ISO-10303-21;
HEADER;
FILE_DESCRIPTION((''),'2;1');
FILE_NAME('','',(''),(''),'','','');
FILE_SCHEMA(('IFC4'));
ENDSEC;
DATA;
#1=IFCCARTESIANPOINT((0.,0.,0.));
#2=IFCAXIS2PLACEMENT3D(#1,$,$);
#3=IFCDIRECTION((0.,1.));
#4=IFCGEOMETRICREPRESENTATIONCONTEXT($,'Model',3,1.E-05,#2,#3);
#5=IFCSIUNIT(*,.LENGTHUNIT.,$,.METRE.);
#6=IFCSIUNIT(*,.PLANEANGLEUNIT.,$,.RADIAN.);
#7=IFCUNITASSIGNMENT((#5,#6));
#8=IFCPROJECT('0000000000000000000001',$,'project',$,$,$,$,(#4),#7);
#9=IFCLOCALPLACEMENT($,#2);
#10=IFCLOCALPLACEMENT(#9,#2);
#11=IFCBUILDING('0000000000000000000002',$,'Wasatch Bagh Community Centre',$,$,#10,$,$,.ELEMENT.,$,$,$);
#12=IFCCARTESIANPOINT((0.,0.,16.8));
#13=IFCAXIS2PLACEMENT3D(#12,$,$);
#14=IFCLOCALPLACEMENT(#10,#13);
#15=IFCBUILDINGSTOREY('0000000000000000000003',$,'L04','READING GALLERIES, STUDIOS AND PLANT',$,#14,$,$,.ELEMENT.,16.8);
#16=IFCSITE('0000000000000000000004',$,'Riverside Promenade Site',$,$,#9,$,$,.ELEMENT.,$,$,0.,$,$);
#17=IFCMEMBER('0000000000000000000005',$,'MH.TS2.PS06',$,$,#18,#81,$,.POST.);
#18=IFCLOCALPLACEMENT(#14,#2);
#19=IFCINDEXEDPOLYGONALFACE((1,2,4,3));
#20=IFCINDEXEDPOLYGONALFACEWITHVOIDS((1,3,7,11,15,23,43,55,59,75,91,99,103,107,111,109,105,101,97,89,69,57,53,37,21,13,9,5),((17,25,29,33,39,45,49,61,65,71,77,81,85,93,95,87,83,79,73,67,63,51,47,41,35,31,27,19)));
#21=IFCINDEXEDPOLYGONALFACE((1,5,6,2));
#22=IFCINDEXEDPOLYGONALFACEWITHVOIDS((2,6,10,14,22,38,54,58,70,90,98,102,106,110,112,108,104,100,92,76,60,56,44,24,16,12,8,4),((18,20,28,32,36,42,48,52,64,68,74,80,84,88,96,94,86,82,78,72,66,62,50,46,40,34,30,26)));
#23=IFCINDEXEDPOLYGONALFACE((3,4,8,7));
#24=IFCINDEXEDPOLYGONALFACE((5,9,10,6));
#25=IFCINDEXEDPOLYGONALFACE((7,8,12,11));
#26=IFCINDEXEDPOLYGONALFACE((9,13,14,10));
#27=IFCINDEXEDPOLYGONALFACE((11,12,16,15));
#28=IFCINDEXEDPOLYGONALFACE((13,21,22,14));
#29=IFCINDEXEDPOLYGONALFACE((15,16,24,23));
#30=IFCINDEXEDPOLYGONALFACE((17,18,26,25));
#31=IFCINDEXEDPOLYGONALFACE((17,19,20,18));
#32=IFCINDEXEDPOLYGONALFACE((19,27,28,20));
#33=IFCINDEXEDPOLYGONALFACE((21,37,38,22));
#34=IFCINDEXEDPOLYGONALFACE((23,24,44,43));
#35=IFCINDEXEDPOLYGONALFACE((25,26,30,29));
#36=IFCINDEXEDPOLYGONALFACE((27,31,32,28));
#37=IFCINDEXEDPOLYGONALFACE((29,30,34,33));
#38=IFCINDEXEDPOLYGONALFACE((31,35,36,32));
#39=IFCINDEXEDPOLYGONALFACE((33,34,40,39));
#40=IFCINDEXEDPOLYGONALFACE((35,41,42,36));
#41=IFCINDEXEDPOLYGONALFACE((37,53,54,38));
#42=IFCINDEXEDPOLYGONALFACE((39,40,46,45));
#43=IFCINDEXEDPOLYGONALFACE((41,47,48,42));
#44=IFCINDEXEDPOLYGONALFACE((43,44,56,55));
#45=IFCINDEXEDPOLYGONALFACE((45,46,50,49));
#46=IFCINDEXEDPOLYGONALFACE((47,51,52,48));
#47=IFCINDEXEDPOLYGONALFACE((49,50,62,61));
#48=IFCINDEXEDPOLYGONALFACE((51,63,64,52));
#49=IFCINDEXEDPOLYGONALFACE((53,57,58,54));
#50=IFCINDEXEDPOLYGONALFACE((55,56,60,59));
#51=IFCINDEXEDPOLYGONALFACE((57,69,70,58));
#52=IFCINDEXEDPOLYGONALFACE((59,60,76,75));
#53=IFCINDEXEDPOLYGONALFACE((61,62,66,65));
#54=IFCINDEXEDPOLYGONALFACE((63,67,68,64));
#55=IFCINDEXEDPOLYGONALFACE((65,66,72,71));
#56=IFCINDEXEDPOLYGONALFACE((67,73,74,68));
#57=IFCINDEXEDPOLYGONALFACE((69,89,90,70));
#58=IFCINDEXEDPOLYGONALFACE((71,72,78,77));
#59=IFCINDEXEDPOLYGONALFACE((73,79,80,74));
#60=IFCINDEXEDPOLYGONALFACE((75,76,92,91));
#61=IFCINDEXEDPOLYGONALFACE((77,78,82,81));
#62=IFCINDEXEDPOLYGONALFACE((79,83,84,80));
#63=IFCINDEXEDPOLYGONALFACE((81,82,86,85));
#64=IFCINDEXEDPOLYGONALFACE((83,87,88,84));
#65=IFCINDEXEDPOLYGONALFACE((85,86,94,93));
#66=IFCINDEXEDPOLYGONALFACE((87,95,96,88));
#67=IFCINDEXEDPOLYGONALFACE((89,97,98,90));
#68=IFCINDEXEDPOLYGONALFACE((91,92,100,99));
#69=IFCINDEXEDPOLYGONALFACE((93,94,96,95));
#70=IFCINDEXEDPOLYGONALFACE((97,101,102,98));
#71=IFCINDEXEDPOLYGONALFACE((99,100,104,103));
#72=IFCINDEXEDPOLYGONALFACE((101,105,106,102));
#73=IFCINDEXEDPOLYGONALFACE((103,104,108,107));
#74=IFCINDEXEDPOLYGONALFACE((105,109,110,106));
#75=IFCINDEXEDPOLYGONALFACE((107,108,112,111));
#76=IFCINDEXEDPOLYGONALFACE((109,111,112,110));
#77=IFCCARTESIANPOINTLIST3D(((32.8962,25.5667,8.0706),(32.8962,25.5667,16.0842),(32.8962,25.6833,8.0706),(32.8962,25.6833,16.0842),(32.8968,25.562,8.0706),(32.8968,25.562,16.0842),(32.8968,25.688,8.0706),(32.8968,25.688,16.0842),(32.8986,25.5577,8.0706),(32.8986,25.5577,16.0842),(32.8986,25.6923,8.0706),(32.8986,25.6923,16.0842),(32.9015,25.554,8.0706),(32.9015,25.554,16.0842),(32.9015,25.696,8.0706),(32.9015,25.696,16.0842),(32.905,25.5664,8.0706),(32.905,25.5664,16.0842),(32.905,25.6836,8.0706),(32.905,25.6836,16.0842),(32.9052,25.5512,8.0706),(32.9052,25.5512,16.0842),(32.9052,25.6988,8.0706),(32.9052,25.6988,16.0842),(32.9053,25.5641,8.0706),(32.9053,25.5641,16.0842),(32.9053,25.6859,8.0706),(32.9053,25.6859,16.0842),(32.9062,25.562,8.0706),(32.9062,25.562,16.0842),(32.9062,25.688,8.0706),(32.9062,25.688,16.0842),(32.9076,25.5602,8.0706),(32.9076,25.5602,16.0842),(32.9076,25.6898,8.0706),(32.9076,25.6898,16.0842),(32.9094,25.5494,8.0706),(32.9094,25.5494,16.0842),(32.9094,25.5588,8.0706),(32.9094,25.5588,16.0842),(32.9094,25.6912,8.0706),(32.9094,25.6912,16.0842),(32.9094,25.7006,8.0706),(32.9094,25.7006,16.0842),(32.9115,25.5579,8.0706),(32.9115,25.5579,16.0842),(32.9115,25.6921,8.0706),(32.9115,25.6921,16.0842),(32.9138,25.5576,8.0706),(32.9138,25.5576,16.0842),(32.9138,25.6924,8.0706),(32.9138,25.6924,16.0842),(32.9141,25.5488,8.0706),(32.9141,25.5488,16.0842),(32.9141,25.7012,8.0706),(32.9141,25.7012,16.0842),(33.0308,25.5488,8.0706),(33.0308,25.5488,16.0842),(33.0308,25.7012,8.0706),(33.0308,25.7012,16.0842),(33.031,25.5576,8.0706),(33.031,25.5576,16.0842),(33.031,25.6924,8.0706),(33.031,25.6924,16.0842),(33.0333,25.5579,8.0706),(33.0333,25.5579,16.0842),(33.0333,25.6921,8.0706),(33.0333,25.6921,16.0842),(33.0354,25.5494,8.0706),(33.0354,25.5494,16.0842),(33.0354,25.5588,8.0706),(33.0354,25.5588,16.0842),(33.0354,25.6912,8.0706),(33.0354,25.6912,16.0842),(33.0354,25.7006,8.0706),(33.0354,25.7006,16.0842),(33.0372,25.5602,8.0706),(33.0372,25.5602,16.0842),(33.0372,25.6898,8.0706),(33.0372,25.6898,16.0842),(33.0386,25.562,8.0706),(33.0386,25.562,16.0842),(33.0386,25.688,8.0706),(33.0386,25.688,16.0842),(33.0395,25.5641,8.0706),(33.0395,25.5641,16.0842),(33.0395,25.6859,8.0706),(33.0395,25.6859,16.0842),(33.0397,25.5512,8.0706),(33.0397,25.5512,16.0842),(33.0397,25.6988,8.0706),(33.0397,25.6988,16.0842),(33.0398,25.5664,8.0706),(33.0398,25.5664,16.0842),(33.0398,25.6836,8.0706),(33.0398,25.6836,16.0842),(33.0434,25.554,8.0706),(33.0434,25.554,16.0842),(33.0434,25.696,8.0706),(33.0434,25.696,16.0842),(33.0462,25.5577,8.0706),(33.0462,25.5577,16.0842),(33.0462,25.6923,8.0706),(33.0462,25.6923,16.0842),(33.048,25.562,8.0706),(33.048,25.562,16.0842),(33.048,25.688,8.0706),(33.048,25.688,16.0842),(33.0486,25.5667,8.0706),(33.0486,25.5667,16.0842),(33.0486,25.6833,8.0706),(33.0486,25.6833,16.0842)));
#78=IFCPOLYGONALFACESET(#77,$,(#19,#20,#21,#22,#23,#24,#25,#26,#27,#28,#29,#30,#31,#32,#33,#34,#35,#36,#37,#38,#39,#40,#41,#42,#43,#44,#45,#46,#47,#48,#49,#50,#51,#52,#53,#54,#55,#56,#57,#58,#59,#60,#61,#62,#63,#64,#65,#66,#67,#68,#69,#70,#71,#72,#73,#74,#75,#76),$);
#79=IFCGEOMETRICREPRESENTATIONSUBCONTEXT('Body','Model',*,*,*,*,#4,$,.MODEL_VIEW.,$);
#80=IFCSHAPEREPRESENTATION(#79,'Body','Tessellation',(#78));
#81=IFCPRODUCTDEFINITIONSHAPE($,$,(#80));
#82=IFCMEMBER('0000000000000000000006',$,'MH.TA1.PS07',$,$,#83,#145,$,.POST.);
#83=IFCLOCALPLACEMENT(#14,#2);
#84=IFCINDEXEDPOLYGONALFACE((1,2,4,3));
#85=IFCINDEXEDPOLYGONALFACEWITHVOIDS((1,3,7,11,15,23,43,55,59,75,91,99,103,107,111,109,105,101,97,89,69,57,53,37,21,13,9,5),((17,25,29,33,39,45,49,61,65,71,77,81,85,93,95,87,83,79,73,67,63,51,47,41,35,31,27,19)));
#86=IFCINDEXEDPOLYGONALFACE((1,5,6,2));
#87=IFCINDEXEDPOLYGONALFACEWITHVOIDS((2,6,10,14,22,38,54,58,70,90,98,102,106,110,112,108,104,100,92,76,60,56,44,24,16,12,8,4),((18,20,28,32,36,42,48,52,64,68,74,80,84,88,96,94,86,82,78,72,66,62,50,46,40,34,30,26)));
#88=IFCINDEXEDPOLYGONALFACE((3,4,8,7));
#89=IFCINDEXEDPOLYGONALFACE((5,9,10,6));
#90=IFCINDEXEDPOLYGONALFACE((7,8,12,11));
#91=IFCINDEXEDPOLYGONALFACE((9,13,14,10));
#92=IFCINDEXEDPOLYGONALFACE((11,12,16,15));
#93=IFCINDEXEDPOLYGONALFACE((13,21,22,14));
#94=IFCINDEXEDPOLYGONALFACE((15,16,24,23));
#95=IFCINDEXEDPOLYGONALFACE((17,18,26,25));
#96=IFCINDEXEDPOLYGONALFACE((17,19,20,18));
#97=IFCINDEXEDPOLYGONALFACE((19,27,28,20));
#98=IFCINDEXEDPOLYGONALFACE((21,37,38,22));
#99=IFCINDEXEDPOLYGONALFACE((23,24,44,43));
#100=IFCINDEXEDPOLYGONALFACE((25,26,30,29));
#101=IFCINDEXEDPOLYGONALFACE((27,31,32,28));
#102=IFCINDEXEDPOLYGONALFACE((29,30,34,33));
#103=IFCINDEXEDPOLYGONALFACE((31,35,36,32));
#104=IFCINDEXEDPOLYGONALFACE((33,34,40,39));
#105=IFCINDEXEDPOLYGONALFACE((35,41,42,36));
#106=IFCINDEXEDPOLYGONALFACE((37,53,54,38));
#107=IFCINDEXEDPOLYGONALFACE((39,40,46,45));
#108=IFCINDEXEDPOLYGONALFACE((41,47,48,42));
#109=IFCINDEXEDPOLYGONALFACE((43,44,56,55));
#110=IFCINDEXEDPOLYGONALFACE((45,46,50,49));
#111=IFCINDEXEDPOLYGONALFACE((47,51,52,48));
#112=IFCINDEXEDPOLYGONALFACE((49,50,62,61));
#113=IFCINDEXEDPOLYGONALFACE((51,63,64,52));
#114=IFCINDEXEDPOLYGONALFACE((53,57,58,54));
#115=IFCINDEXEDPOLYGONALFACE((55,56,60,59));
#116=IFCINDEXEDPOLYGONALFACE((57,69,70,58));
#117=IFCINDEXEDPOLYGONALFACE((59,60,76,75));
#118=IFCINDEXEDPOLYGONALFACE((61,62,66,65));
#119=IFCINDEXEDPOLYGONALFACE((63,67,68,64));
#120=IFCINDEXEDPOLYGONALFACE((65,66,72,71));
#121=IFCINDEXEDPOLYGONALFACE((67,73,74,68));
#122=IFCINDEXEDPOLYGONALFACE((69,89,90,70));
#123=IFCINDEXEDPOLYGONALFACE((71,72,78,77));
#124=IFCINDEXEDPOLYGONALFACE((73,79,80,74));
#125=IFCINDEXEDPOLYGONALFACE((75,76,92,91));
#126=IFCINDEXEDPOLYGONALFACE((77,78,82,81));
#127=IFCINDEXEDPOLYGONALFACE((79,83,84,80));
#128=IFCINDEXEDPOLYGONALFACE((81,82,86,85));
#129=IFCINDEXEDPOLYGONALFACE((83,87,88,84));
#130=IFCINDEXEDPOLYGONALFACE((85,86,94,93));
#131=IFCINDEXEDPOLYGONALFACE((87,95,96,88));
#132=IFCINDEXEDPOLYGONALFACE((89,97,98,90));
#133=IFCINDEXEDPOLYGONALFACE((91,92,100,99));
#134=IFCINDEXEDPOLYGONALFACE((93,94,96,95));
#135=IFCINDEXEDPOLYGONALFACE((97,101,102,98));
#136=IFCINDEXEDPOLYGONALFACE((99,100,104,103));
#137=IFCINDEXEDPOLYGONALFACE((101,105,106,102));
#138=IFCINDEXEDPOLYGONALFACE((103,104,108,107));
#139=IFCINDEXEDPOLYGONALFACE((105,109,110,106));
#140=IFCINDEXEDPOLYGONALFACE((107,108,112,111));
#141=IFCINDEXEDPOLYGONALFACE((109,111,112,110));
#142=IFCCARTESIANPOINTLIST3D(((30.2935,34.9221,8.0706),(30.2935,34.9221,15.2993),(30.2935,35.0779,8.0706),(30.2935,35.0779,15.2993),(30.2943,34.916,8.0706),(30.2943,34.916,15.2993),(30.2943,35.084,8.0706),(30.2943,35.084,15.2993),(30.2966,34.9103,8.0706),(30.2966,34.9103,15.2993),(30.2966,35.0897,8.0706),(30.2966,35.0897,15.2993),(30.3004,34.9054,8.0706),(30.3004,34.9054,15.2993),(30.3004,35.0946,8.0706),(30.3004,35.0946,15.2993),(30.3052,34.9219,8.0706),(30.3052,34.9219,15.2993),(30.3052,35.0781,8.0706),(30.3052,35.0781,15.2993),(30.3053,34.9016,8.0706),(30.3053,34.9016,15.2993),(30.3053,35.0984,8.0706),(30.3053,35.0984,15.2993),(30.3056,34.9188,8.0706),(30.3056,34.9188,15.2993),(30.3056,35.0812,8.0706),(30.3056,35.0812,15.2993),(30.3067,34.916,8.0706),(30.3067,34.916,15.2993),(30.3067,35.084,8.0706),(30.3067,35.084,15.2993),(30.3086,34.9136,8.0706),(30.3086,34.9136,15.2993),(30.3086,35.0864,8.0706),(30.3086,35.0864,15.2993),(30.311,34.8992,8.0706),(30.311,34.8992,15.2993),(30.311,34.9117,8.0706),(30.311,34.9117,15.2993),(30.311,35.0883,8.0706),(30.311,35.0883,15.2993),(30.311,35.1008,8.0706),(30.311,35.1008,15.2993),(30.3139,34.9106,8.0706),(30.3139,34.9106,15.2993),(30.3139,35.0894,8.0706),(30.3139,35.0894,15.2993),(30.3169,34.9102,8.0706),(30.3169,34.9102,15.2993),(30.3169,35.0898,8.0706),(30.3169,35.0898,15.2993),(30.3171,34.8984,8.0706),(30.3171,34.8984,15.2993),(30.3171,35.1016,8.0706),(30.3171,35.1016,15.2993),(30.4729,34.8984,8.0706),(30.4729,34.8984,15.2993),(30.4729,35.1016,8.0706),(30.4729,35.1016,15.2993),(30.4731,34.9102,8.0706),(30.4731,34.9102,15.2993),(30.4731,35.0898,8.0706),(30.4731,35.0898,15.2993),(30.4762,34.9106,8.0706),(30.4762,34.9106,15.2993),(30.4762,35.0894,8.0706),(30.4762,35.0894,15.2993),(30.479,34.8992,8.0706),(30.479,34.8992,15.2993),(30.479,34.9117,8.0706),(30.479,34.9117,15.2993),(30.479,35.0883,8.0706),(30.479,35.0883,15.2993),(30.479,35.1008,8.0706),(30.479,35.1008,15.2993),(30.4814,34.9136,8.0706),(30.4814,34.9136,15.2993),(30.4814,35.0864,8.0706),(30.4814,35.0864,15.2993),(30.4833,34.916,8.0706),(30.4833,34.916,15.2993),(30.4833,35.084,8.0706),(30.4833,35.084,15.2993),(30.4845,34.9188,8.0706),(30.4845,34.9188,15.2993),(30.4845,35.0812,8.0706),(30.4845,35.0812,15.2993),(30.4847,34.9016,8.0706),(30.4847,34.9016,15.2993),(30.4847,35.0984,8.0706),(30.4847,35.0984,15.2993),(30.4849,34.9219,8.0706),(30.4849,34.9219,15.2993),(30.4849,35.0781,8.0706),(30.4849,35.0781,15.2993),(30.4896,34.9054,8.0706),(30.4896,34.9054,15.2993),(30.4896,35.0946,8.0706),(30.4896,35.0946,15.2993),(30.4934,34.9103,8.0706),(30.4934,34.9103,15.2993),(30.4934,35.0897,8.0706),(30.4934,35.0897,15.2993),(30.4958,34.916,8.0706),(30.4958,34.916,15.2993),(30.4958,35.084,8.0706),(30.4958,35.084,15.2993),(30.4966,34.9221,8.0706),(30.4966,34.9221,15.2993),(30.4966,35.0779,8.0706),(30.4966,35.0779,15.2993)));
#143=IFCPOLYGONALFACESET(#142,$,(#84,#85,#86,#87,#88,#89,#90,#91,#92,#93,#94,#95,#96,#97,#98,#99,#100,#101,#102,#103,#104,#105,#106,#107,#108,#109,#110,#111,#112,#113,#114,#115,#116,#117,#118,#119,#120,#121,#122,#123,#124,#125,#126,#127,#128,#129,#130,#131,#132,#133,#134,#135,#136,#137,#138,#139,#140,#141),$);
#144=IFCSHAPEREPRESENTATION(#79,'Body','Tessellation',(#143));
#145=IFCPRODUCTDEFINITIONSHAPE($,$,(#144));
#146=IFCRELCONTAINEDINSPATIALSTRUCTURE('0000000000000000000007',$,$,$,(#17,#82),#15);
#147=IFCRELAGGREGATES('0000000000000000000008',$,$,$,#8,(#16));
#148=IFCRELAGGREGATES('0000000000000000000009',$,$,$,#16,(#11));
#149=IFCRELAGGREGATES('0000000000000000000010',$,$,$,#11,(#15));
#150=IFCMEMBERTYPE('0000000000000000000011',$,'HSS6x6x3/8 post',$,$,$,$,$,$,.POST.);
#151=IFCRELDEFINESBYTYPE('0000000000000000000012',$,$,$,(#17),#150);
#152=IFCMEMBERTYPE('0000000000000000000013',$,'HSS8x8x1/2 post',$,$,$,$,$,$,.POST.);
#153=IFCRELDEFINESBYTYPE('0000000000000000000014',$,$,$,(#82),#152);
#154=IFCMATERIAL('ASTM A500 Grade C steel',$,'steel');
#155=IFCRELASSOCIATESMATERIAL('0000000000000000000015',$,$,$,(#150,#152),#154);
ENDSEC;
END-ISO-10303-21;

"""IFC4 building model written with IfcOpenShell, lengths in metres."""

from ifc_helpers import new_model, si_unit, direction, frame, origin, origin_2d, place, context, subcontext, project, spatial, hollow_rectangle, extrude, material, material_profile, profile_set, type_object, element, save


model = new_model("IFC4")

# Units and contexts
model_context = context("Model", 3, precision=1e-05, world=origin(), true_north=direction((0.0, 1.0)))
body_context = subcontext(model_context, "Body", "Model", "MODEL_VIEW")
ifc_project = project(units=[si_unit("LENGTHUNIT", "METRE"), si_unit("PLANEANGLEUNIT", "RADIAN")], contexts=[model_context])

# Site, building, storey
site_placement = place(None, origin())
site = spatial("IfcSite", under=ifc_project, at=site_placement, Name="Riverside Promenade Site", CompositionType="ELEMENT", RefElevation=0.0)
building_placement = place(site_placement, origin())
building = spatial("IfcBuilding", under=site, at=building_placement, Name="Wasatch Bagh Community Centre", CompositionType="ELEMENT")
storey_placement = place(building_placement, frame((0.0, 0.0, 16.8)))
storey = spatial("IfcBuildingStorey", under=building, at=storey_placement, Name="L04", Description="READING GALLERIES, STUDIOS AND PLANT", CompositionType="ELEMENT", Elevation=16.8)

# Members
ifc_material_1 = material(Name="ASTM A500 Grade C steel", Category="steel")
ifc_material_profile_1 = material_profile(ifc_material_1, hollow_rectangle(XDim=0.1523, YDim=0.1523, WallThickness=0.0088, InnerFilletRadius=0.0088, OuterFilletRadius=0.0178, at=origin_2d()), Name="HSS6x6x3/8")
ifc_profile_set_1 = profile_set([ifc_material_profile_1], Name="ASTM A500 Grade C steel")
member_type_1 = type_object("IfcMemberType", Name="HSS6x6x3/8 post", PredefinedType="POST", material=ifc_profile_set_1)
member_1_placement = place(storey_placement, frame((32.9724, 25.625, 8.0706), z_axis=(0.0, 0.0, 1.0), x_axis=(1.0, 0.0, 0.0)))
element("IfcMember", 1, at=member_1_placement, inside=storey, type_object=member_type_1, Name="MH.TS2.PS06", PredefinedType="POST", context=body_context, shape_type="SweptSolid", body=[
    extrude(hollow_rectangle(XDim=0.1523, YDim=0.1523, WallThickness=0.0088, InnerFilletRadius=0.0088, OuterFilletRadius=0.0178, at=origin_2d()), origin(), (0.0, 0.0, 1.0), 8.0137),
])
ifc_material_profile_2 = material_profile(ifc_material_1, hollow_rectangle(XDim=0.2031, YDim=0.2031, WallThickness=0.0117, InnerFilletRadius=0.0117, OuterFilletRadius=0.0237, at=origin_2d()), Name="HSS8x8x1/2")
ifc_profile_set_2 = profile_set([ifc_material_profile_2], Name="ASTM A500 Grade C steel")
member_type_2 = type_object("IfcMemberType", Name="HSS8x8x1/2 post", PredefinedType="POST", material=ifc_profile_set_2)
member_2_placement = place(storey_placement, frame((30.395, 35.0, 8.0706), z_axis=(0.0, 0.0, 1.0), x_axis=(1.0, 0.0, 0.0)))
element("IfcMember", 2, at=member_2_placement, inside=storey, type_object=member_type_2, Name="MH.TA1.PS07", PredefinedType="POST", context=body_context, shape_type="SweptSolid", body=[
    extrude(hollow_rectangle(XDim=0.2031, YDim=0.2031, WallThickness=0.0117, InnerFilletRadius=0.0117, OuterFilletRadius=0.0237, at=origin_2d()), origin(), (0.0, 0.0, 1.0), 7.2288),
])

save(model, "model.ifc")
